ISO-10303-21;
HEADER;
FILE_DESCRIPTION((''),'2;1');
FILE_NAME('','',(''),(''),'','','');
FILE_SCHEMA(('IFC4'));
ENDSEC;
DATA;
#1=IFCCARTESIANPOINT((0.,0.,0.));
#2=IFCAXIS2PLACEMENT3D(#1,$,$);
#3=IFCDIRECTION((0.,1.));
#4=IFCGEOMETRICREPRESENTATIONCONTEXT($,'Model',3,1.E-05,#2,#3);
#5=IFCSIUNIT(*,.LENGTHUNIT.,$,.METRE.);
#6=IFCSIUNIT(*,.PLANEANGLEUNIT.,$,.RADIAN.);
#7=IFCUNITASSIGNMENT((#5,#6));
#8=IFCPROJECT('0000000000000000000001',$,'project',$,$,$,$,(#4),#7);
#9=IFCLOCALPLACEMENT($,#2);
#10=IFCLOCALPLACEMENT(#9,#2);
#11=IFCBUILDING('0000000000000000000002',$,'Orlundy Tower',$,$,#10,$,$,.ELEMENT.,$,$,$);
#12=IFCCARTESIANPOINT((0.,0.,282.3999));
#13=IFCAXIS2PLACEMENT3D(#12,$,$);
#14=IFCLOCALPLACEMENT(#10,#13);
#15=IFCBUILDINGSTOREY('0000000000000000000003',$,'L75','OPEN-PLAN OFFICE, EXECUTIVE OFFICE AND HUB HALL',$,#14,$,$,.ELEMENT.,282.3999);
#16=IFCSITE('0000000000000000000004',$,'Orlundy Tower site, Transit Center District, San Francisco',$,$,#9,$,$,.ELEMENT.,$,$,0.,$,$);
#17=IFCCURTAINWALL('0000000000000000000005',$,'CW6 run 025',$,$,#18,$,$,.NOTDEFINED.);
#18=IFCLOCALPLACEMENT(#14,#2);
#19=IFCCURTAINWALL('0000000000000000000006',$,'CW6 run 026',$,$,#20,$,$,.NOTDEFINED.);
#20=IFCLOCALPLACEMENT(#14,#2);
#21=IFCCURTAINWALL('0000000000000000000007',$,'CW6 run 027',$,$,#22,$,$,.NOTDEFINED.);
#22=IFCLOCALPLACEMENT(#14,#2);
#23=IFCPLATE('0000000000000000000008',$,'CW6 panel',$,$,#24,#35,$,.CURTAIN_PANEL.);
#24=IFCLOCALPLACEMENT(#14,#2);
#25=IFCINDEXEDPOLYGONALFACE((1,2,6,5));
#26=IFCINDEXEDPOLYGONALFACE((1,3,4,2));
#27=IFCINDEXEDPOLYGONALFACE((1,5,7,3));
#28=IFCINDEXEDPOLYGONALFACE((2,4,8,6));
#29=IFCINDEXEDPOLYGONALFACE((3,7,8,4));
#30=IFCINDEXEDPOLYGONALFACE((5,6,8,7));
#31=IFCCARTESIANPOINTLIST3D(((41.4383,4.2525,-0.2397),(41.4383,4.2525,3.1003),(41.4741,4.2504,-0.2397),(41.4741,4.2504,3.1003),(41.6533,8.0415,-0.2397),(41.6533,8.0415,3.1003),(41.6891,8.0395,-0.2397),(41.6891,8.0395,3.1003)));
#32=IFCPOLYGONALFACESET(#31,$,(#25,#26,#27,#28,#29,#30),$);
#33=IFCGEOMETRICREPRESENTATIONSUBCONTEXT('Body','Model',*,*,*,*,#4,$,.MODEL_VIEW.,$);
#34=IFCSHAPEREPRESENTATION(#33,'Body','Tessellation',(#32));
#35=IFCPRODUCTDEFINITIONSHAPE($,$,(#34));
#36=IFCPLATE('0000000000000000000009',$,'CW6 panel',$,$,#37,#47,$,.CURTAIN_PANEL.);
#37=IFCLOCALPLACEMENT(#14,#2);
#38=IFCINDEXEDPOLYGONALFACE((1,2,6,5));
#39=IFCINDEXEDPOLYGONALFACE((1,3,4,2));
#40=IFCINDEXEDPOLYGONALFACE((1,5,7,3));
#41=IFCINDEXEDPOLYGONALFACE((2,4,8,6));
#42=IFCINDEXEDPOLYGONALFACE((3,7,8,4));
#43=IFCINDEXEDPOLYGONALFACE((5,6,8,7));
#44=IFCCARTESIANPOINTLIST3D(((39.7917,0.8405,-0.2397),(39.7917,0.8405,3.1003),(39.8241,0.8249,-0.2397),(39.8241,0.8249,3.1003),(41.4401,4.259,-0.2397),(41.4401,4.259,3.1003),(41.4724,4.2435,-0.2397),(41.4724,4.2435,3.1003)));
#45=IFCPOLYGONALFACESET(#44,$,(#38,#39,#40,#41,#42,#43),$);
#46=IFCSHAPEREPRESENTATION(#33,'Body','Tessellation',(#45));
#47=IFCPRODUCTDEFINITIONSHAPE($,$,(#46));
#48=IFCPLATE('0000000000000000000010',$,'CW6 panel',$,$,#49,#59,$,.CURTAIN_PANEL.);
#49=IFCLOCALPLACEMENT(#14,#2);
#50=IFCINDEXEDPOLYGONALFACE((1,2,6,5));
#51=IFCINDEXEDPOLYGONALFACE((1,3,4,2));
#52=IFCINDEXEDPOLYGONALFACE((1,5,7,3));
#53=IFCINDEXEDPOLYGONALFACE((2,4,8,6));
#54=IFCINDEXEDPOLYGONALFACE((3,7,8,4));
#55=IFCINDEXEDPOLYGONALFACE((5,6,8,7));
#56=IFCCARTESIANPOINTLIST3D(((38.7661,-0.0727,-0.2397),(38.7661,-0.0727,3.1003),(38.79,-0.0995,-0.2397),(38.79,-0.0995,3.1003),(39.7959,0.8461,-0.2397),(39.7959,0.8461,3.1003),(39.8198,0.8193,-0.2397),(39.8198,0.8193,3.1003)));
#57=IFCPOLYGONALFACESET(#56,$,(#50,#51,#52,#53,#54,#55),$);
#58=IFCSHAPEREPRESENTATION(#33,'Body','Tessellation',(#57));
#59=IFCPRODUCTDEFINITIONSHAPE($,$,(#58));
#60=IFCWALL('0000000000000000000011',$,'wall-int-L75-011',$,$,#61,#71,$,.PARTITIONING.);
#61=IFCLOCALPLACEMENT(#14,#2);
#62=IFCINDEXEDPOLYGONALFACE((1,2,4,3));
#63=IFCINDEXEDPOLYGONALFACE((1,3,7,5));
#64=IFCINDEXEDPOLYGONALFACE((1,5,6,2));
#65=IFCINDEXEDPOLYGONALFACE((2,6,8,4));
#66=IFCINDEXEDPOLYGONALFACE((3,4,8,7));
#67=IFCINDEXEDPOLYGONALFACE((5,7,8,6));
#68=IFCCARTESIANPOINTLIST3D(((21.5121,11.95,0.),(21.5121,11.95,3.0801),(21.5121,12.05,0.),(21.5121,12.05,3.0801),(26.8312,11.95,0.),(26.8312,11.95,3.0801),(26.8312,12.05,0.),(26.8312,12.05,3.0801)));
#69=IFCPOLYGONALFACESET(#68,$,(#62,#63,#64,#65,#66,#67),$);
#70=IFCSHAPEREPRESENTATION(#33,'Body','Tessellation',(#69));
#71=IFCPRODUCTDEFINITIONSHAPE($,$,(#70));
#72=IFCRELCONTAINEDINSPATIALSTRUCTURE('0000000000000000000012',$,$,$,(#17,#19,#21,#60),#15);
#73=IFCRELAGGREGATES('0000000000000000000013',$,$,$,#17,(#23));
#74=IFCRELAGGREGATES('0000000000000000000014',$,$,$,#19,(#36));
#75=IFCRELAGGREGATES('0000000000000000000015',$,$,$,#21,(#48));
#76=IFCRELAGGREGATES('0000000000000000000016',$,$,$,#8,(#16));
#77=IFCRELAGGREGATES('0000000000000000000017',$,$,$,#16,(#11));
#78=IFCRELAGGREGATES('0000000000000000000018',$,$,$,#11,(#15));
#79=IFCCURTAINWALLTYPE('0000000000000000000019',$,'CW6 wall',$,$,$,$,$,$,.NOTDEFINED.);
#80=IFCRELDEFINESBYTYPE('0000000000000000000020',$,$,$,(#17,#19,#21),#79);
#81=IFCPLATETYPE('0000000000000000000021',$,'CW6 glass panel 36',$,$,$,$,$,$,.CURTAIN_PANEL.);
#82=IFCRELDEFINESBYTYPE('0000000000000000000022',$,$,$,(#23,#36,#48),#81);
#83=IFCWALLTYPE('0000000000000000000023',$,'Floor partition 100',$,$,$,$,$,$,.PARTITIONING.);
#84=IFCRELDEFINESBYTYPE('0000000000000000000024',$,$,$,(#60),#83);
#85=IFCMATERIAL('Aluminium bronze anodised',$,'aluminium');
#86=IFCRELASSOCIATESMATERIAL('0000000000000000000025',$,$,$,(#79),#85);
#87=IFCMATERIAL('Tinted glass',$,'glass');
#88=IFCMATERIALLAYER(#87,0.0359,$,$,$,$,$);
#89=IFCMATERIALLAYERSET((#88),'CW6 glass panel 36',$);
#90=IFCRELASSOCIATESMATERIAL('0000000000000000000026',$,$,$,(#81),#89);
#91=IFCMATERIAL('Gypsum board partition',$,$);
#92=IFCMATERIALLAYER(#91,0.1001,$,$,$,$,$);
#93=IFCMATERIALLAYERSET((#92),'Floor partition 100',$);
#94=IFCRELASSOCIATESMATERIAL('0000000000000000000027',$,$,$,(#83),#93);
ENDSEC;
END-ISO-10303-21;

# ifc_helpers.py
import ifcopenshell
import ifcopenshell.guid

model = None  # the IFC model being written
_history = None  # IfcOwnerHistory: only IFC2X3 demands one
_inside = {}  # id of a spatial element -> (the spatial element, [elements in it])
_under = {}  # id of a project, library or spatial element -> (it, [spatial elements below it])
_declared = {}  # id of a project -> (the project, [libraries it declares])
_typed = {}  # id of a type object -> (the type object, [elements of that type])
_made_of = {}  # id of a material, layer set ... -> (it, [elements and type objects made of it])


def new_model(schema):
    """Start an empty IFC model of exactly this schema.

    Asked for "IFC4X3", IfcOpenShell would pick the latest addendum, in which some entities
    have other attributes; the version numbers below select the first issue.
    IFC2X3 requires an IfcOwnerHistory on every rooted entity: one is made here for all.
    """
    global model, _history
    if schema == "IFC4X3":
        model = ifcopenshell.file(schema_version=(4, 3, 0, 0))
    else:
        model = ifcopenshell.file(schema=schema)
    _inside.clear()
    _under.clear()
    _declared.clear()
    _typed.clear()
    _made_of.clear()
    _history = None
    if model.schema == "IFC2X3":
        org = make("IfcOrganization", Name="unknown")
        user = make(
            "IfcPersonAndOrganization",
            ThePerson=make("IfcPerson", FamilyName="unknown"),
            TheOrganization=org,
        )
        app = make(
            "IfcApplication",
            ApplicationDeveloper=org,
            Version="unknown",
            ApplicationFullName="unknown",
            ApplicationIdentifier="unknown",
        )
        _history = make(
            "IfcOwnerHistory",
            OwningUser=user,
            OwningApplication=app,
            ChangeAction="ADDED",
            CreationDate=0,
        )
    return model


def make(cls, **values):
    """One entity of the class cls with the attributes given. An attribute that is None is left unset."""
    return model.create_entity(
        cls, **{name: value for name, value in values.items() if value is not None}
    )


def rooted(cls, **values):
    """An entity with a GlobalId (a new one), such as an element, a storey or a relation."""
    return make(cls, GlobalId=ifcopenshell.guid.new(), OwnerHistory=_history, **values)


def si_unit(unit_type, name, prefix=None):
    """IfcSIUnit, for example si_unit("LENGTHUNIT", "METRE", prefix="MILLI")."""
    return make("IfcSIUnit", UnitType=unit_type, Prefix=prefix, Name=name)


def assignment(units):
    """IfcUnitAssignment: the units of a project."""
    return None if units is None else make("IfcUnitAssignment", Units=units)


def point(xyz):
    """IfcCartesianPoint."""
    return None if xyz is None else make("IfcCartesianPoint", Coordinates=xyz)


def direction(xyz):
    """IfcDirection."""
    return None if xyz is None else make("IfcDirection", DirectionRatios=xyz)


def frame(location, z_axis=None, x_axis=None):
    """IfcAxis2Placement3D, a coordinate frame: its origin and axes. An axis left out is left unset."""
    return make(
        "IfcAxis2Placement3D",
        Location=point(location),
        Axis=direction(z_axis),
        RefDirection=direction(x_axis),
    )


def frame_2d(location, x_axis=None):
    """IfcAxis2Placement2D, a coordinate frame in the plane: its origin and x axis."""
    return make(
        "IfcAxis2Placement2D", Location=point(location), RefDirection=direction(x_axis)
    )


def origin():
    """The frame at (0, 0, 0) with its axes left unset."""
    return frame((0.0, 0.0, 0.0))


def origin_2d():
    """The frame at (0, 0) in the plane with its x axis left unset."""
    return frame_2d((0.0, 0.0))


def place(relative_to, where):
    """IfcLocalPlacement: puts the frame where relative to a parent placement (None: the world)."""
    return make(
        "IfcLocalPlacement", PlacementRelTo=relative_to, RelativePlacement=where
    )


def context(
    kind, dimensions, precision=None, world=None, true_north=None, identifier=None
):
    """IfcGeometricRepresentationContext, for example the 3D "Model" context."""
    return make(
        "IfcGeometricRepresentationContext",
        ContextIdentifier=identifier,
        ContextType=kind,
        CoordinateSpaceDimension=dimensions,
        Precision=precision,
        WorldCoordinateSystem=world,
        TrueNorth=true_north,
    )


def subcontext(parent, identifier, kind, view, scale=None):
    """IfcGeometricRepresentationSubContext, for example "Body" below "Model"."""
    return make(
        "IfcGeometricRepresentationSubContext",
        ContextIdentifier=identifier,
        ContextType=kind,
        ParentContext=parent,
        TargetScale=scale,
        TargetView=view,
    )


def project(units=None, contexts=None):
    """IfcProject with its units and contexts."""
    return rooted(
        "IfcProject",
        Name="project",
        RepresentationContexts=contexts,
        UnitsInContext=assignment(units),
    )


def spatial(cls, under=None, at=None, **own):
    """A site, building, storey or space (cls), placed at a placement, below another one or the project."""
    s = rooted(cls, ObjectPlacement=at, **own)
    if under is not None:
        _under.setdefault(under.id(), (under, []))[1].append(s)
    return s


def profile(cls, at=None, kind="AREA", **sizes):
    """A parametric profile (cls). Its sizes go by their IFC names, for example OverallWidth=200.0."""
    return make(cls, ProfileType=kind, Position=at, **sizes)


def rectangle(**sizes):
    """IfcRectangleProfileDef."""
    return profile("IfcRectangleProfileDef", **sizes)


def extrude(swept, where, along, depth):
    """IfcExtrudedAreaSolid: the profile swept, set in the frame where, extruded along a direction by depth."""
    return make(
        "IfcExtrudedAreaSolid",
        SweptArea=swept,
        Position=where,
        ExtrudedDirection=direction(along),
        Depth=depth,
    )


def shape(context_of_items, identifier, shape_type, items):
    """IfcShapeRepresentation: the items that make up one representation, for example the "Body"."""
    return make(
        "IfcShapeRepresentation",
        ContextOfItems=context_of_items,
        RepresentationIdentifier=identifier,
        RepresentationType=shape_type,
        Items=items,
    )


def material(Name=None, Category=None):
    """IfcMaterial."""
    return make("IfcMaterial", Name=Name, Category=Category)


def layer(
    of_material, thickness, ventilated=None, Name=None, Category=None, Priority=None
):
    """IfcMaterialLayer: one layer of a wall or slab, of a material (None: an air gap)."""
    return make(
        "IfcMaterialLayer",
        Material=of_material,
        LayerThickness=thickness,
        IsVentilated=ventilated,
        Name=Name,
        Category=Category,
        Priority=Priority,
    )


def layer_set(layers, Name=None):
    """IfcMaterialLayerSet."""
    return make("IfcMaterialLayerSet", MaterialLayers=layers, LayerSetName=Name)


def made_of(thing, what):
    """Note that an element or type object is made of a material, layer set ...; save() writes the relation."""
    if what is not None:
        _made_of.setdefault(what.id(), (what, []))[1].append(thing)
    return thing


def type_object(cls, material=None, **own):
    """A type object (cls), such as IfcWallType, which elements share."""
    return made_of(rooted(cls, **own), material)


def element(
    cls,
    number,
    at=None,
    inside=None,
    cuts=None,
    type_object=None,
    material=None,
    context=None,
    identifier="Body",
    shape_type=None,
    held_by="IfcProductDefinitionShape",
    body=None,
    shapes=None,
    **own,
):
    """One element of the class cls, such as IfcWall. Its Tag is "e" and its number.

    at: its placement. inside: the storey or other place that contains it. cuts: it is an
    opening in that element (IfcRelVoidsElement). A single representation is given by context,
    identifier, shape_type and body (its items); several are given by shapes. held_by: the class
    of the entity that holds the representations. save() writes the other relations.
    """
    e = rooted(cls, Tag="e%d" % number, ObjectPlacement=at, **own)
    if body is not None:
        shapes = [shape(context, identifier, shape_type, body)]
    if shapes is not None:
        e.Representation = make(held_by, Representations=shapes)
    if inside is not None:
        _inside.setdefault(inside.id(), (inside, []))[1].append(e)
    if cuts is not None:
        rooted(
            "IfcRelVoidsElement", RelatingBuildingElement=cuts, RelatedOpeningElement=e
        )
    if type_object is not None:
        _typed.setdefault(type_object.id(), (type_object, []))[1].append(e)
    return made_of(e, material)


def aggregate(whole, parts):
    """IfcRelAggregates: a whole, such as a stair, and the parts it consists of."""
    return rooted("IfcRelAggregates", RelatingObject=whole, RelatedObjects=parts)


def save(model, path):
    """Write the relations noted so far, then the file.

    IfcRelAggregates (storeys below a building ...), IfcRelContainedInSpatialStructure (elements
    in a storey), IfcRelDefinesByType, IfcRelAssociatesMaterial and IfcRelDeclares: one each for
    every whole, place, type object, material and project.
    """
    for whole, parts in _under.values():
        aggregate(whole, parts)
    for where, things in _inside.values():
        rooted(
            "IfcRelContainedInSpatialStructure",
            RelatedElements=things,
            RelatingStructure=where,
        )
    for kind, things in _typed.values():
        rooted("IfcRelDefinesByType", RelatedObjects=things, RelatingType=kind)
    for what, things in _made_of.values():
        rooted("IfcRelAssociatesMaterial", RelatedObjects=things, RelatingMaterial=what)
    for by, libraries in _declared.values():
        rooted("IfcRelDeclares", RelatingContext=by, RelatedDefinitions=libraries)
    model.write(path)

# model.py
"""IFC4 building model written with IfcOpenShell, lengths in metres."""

from ifc_helpers import new_model, si_unit, direction, frame, frame_2d, origin, origin_2d, place, context, subcontext, project, spatial, rectangle, extrude, material, layer, layer_set, type_object, element, aggregate, save


model = new_model("IFC4")

# Units and contexts
model_context = context("Model", 3, precision=1e-05, world=origin(), true_north=direction((0.0, 1.0)))
body_context = subcontext(model_context, "Body", "Model", "MODEL_VIEW")
ifc_project = project(units=[si_unit("LENGTHUNIT", "METRE"), si_unit("PLANEANGLEUNIT", "RADIAN")], contexts=[model_context])

# Site, building, storey
site_placement = place(None, origin())
site = spatial("IfcSite", under=ifc_project, at=site_placement, Name="Orlundy Tower site, Transit Center District, San Francisco", CompositionType="ELEMENT", RefElevation=0.0)
building_placement = place(site_placement, origin())
building = spatial("IfcBuilding", under=site, at=building_placement, Name="Orlundy Tower", CompositionType="ELEMENT")
storey_placement = place(building_placement, frame((0.0, 0.0, 282.3999)))
storey = spatial("IfcBuildingStorey", under=building, at=storey_placement, Name="L75", Description="OPEN-PLAN OFFICE, EXECUTIVE OFFICE AND HUB HALL", CompositionType="ELEMENT", Elevation=282.3999)

# Curtain walls
ifc_material_1 = material(Name="Aluminium bronze anodised", Category="aluminium")
curtain_wall_type = type_object("IfcCurtainWallType", Name="CW6 wall", PredefinedType="NOTDEFINED", material=ifc_material_1)
curtain_wall_1_placement = place(storey_placement, origin())
curtain_wall_1 = element("IfcCurtainWall", 1, at=curtain_wall_1_placement, inside=storey, type_object=curtain_wall_type, Name="CW6 run 025", PredefinedType="NOTDEFINED")
curtain_wall_2_placement = place(storey_placement, origin())
curtain_wall_2 = element("IfcCurtainWall", 2, at=curtain_wall_2_placement, inside=storey, type_object=curtain_wall_type, Name="CW6 run 026", PredefinedType="NOTDEFINED")
curtain_wall_3_placement = place(storey_placement, origin())
curtain_wall_3 = element("IfcCurtainWall", 3, at=curtain_wall_3_placement, inside=storey, type_object=curtain_wall_type, Name="CW6 run 027", PredefinedType="NOTDEFINED")

# Plates
ifc_material_2 = material(Name="Tinted glass", Category="glass")
ifc_layer_1 = layer(ifc_material_2, 0.0359)
ifc_layer_set_1 = layer_set([ifc_layer_1], Name="CW6 glass panel 36")
plate_type = type_object("IfcPlateType", Name="CW6 glass panel 36", PredefinedType="CURTAIN_PANEL", material=ifc_layer_set_1)
plate_1_placement = place(storey_placement, frame((41.5637, 6.146, -0.2397), z_axis=(0.0, 0.0, 1.0), x_axis=(-0.05665, -0.998394, 0.0)))
plate_1 = element("IfcPlate", 4, at=plate_1_placement, type_object=plate_type, Name="CW6 panel", PredefinedType="CURTAIN_PANEL", context=body_context, shape_type="SweptSolid", body=[
    extrude(rectangle(XDim=3.7952, YDim=0.0359, at=origin_2d()), origin(), (0.0, 0.0, 1.0), 3.3401),
])
aggregate(curtain_wall_1, [plate_1])
plate_2_placement = place(storey_placement, frame((40.6321, 2.542, -0.2397), z_axis=(0.0, 0.0, 1.0), x_axis=(-0.434327, -0.900755, 0.0)))
plate_2 = element("IfcPlate", 5, at=plate_2_placement, type_object=plate_type, Name="CW6 panel", PredefinedType="CURTAIN_PANEL", context=body_context, shape_type="SweptSolid", body=[
    extrude(rectangle(XDim=3.7952, YDim=0.0359, at=origin_2d()), origin(), (0.0, 0.0, 1.0), 3.3401),
])
aggregate(curtain_wall_2, [plate_2])
plate_3_placement = place(storey_placement, frame((39.293, 0.3733, -0.2397), z_axis=(0.0, 0.0, 1.0), x_axis=(-0.746158, -0.665769, 0.0)))
plate_3 = element("IfcPlate", 6, at=plate_3_placement, type_object=plate_type, Name="CW6 panel", PredefinedType="CURTAIN_PANEL", context=body_context, shape_type="SweptSolid", body=[
    extrude(rectangle(XDim=1.3801, YDim=0.0359, at=origin_2d()), origin(), (0.0, 0.0, 1.0), 3.3401),
])
aggregate(curtain_wall_3, [plate_3])

# Wall
ifc_material_3 = material(Name="Gypsum board partition")
ifc_layer_2 = layer(ifc_material_3, 0.1001)
ifc_layer_set_2 = layer_set([ifc_layer_2], Name="Floor partition 100")
wall_type = type_object("IfcWallType", Name="Floor partition 100", PredefinedType="PARTITIONING", material=ifc_layer_set_2)
wall_placement = place(storey_placement, frame((21.512, 12.0, 0.0), z_axis=(0.0, 0.0, 1.0), x_axis=(1.0, 0.0, 0.0)))
element("IfcWall", 7, at=wall_placement, inside=storey, type_object=wall_type, Name="wall-int-L75-011", PredefinedType="PARTITIONING", context=body_context, shape_type="SweptSolid", body=[
    extrude(rectangle(XDim=5.3191, YDim=0.1001, at=frame_2d((2.6597, 0.0))), origin(), (0.0, 0.0, 1.0), 3.0801),
])

save(model, "model.ifc")
